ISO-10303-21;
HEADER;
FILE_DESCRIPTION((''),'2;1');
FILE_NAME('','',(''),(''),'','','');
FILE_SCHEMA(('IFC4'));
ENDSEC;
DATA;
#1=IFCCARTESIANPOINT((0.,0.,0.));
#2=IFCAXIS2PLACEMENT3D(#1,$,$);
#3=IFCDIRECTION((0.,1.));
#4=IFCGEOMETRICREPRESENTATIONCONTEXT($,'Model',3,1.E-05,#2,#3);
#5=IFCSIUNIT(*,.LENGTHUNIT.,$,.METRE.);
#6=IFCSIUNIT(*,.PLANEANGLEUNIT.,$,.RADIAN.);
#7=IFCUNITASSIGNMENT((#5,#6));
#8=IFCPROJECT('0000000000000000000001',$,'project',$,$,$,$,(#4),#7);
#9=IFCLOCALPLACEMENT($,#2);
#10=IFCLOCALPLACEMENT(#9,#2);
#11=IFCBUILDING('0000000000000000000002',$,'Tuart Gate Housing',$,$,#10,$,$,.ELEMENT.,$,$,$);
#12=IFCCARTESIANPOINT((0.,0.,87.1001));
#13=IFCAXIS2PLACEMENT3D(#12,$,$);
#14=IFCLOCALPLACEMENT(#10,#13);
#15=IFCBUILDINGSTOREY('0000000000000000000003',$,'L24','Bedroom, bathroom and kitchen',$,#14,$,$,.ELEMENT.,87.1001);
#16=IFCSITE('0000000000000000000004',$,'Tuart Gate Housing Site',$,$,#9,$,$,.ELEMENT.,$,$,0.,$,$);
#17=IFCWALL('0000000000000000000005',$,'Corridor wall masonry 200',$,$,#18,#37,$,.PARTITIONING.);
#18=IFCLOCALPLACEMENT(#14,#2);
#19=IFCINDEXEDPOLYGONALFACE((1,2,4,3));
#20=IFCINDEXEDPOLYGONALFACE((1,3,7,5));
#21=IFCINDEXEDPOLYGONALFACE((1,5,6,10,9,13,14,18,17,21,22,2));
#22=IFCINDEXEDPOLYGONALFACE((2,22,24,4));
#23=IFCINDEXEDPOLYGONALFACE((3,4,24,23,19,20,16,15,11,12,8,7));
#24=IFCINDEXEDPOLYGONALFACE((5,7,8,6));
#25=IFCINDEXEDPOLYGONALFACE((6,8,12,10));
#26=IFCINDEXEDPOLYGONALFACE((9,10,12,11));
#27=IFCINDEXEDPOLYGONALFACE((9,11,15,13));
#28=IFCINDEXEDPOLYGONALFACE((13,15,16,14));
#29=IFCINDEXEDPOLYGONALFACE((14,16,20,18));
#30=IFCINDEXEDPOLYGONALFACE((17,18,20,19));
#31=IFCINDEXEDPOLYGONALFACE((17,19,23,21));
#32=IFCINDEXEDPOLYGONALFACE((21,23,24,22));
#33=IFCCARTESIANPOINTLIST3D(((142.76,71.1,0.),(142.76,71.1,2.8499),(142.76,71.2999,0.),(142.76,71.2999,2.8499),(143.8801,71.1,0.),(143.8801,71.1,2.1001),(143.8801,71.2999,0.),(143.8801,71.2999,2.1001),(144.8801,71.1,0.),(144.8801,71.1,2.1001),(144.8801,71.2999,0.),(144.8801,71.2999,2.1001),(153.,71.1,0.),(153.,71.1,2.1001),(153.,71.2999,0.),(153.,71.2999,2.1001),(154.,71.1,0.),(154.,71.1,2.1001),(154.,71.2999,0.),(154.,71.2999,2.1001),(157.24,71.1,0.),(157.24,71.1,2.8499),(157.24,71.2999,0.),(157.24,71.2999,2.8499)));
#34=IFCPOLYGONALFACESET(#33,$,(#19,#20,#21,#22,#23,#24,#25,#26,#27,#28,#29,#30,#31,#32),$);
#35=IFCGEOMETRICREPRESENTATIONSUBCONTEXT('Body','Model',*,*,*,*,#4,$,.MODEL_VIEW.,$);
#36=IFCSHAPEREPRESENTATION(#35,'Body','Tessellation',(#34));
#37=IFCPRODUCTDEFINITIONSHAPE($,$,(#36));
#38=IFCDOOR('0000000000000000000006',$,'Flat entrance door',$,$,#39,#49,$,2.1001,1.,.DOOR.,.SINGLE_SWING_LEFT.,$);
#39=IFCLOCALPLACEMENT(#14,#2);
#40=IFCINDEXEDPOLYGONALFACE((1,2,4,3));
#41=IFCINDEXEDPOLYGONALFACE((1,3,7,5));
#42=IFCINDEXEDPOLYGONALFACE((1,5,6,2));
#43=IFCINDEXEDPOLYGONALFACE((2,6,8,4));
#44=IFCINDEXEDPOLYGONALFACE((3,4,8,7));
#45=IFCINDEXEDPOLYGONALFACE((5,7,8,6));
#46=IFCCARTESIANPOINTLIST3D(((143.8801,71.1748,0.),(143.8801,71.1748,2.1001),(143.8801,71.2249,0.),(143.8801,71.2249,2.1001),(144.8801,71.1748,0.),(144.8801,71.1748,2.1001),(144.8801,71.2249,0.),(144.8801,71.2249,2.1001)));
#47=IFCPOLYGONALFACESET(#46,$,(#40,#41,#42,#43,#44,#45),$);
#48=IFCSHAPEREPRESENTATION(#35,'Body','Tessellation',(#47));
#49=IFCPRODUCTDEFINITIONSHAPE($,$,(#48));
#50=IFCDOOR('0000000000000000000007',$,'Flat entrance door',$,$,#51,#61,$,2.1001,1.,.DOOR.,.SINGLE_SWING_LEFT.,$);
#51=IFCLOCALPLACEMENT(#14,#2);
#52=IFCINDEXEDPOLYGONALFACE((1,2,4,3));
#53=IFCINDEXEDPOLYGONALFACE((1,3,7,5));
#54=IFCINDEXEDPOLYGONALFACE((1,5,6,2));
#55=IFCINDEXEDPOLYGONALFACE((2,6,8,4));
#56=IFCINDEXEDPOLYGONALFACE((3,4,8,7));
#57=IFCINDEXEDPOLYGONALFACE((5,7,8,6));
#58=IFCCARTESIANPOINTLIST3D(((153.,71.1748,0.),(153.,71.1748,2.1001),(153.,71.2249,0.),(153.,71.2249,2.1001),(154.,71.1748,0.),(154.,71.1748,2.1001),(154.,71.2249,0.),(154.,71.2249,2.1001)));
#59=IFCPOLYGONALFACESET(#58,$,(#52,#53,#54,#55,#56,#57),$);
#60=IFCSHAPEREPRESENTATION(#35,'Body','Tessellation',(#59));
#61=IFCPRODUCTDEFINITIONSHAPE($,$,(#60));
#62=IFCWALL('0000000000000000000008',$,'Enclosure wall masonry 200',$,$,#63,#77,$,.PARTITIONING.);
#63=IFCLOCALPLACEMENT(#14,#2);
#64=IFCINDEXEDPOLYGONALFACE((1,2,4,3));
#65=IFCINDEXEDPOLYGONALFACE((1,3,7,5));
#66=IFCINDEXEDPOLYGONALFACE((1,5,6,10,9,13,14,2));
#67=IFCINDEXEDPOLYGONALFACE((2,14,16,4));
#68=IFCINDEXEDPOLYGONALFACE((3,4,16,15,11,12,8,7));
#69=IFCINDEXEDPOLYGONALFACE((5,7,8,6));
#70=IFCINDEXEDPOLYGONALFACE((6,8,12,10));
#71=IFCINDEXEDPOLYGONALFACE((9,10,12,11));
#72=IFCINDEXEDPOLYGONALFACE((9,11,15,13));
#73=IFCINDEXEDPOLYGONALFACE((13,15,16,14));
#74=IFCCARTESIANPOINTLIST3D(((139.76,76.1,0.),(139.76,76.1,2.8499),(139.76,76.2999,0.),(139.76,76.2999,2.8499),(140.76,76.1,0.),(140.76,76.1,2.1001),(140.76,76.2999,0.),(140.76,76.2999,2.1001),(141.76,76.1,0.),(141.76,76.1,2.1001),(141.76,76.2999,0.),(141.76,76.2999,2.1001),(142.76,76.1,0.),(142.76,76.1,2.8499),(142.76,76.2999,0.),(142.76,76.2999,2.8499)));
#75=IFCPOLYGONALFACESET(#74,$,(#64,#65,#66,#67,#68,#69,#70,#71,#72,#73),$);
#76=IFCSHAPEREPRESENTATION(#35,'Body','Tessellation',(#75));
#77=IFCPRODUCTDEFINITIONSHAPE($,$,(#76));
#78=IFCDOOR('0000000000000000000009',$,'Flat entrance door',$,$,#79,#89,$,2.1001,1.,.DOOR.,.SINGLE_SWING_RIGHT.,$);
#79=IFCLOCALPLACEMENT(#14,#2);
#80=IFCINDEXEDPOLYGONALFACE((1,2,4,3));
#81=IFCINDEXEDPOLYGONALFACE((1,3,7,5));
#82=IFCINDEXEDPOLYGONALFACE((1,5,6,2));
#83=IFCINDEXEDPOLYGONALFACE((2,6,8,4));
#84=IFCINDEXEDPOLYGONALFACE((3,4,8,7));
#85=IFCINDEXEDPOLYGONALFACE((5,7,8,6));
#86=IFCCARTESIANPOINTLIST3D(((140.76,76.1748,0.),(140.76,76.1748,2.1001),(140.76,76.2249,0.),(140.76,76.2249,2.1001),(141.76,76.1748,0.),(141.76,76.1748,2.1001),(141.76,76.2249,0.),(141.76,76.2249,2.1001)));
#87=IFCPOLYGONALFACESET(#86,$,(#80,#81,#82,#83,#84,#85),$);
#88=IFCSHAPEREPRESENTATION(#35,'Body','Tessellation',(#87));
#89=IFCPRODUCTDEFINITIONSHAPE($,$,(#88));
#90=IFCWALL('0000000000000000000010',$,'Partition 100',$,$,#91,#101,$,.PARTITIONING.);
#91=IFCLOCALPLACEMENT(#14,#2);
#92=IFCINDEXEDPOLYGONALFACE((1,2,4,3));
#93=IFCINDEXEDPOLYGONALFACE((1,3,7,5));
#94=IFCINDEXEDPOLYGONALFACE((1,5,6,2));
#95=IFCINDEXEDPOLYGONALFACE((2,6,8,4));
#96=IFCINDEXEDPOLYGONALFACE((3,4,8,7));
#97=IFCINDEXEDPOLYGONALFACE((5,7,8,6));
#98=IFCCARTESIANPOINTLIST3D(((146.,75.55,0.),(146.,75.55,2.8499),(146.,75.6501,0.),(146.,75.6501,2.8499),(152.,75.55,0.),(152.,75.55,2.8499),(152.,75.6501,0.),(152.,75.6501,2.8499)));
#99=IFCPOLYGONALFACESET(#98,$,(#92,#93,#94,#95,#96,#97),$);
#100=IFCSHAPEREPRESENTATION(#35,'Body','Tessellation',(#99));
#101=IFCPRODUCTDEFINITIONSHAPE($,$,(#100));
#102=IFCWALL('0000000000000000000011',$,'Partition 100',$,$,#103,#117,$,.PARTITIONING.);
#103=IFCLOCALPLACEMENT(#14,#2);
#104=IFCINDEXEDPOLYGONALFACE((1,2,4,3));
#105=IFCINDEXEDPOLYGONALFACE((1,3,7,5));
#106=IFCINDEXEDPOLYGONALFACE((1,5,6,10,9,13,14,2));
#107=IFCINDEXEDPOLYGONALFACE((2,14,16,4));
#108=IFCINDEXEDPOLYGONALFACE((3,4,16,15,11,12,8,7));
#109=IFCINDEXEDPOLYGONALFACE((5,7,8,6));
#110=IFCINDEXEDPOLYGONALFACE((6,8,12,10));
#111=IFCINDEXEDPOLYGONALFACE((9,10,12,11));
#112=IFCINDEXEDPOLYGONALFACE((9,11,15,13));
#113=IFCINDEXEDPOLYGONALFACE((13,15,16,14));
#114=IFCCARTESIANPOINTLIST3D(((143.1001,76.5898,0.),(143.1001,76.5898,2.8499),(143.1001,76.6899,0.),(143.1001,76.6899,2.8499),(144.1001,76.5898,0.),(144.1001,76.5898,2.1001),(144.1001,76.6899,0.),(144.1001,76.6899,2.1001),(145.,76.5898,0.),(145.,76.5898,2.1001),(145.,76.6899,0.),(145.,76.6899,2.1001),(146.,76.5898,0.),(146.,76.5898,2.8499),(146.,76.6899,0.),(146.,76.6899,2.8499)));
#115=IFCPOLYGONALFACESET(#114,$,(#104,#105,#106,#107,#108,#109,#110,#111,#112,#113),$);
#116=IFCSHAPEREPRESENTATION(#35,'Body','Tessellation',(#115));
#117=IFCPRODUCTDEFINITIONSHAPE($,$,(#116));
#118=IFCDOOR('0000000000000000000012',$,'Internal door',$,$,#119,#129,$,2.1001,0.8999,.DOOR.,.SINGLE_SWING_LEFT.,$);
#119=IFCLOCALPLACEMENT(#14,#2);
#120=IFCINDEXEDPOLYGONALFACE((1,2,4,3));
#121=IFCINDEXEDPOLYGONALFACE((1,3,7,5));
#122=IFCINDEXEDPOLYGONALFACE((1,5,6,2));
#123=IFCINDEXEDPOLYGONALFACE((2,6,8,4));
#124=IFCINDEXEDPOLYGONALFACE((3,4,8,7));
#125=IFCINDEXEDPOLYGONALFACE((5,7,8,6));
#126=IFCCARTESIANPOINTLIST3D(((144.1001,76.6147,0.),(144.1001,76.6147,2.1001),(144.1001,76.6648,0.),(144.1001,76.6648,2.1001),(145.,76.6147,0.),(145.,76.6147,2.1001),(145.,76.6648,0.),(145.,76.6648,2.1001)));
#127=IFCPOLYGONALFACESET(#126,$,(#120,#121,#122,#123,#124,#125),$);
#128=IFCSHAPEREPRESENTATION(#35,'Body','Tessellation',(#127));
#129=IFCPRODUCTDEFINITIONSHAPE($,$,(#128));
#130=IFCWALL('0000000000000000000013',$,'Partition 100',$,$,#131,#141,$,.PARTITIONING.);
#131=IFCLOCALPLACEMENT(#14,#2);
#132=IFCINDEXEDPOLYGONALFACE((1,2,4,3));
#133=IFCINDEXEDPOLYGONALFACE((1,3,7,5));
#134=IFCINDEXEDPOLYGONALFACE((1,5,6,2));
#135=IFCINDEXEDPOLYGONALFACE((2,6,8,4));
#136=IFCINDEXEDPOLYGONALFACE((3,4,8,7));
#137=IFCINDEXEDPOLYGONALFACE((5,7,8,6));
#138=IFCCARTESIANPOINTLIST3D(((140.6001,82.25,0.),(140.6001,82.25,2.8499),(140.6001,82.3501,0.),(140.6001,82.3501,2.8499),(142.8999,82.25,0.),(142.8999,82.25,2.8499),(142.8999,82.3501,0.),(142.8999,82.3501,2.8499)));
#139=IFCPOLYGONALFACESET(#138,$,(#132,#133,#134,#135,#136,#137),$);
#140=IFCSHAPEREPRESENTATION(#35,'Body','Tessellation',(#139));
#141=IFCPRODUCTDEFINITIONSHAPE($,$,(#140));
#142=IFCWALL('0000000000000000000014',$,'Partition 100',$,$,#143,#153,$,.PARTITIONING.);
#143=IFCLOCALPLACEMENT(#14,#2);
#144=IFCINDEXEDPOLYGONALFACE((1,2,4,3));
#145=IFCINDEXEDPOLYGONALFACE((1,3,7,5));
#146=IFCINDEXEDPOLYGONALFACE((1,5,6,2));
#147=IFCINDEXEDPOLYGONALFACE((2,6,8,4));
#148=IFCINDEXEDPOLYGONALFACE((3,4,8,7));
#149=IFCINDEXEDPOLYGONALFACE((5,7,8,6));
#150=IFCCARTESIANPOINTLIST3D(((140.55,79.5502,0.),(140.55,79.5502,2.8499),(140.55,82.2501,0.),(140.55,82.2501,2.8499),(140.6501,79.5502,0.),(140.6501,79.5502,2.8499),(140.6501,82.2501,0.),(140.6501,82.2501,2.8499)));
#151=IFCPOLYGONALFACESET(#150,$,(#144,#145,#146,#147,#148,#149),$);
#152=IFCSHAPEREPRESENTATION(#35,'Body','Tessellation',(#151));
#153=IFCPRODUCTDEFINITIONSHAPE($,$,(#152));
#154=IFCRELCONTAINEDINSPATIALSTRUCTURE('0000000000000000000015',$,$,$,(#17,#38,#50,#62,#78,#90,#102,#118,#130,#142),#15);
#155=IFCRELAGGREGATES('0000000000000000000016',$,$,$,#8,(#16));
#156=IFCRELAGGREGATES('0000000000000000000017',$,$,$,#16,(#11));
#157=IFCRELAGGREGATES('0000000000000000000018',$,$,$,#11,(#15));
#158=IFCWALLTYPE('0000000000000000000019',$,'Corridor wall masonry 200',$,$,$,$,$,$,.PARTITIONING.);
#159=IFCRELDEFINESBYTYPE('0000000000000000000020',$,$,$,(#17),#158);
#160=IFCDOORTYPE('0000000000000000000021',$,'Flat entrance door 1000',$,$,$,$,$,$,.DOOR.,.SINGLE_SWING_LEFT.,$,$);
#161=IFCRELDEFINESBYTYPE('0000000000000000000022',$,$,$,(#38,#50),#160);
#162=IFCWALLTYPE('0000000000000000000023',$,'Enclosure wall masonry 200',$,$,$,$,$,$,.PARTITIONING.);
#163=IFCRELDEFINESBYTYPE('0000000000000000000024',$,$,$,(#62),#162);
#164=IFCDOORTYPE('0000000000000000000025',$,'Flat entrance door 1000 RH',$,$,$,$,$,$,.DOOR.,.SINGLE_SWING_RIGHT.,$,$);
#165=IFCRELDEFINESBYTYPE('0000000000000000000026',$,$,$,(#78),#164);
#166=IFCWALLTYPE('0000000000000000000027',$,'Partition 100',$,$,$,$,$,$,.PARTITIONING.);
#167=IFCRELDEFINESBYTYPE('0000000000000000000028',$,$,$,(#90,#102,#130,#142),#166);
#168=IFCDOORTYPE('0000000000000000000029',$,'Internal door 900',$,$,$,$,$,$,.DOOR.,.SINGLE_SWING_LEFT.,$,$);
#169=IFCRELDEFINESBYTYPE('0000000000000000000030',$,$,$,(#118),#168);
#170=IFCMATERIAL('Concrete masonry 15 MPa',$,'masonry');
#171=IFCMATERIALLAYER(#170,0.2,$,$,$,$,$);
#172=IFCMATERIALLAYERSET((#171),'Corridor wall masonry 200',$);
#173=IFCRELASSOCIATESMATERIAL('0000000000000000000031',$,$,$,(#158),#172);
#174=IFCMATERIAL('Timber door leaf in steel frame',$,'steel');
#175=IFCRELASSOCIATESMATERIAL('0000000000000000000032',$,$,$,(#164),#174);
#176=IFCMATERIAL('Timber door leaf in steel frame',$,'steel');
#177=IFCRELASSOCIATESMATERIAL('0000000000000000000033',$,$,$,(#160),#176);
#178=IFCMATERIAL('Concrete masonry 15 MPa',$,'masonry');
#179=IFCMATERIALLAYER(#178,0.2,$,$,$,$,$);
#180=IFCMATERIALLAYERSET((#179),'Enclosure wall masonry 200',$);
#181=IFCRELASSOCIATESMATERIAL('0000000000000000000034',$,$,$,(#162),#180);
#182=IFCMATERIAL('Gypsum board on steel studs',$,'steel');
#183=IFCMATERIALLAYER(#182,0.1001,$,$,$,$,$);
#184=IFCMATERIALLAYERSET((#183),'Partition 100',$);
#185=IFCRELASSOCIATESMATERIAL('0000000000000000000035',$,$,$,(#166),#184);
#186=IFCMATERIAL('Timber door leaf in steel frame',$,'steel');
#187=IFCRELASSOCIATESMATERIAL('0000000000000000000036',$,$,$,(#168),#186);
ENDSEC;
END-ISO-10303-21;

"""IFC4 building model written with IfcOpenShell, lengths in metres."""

from ifc_helpers import new_model, si_unit, direction, frame, frame_2d, origin, place, context, subcontext, project, spatial, rectangle, extrude, material, layer, layer_set, type_object, element, fill, save


model = new_model("IFC4")

# Units and contexts
model_context = context("Model", 3, precision=1e-05, world=origin(), true_north=direction((0.0, 1.0)))
body_context = subcontext(model_context, "Body", "Model", "MODEL_VIEW")
ifc_project = project(units=[si_unit("LENGTHUNIT", "METRE"), si_unit("PLANEANGLEUNIT", "RADIAN")], contexts=[model_context])

# Site, building, storey
site_placement = place(None, origin())
site = spatial("IfcSite", under=ifc_project, at=site_placement, Name="Tuart Gate Housing Site", CompositionType="ELEMENT", RefElevation=0.0)
building_placement = place(site_placement, origin())
building = spatial("IfcBuilding", under=site, at=building_placement, Name="Tuart Gate Housing", CompositionType="ELEMENT")
storey_placement = place(building_placement, frame((0.0, 0.0, 87.1001)))
storey = spatial("IfcBuildingStorey", under=building, at=storey_placement, Name="L24", Description="Bedroom, bathroom and kitchen", CompositionType="ELEMENT", Elevation=87.1001)

# Wall, openings, doors
ifc_material_1 = material(Name="Concrete masonry 15 MPa", Category="masonry")
ifc_layer_1 = layer(ifc_material_1, 0.2)
ifc_layer_set_1 = layer_set([ifc_layer_1], Name="Corridor wall masonry 200")
wall_type_1 = type_object("IfcWallType", Name="Corridor wall masonry 200", PredefinedType="PARTITIONING", material=ifc_layer_set_1)
ifc_material_2 = material(Name="Timber door leaf in steel frame", Category="steel")
door_type_1 = type_object("IfcDoorType", Name="Flat entrance door 1000 RH", OperationType="SINGLE_SWING_RIGHT", PredefinedType="DOOR", material=ifc_material_2)
wall_1_placement = place(storey_placement, frame((142.76, 71.2, 0.0), z_axis=(0.0, 0.0, 1.0), x_axis=(1.0, 0.0, 0.0)))
wall_1 = element("IfcWall", 1, at=wall_1_placement, inside=storey, type_object=wall_type_1, Name="Corridor wall masonry 200", PredefinedType="PARTITIONING", context=body_context, shape_type="SweptSolid", body=[
    extrude(rectangle(XDim=14.48, YDim=0.2, at=frame_2d((7.24, 0.0))), origin(), (0.0, 0.0, 1.0), 2.8499),
])
opening_1_placement = place(wall_1_placement, frame((1.1201, 0.0, 0.0)))
opening_1 = element("IfcOpeningElement", 2, at=opening_1_placement, cuts=wall_1, PredefinedType="OPENING", context=body_context, shape_type="SweptSolid", body=[
    extrude(rectangle(XDim=1.0, YDim=2.1001, at=frame_2d((0.5, 1.05))), frame((0.0, 0.1099, 0.0), z_axis=(0.0, -1.0, 0.0), x_axis=(1.0, 0.0, 0.0)), (0.0, 0.0, 1.0), 0.22),
])
opening_2_placement = place(wall_1_placement, frame((10.24, 0.0, 0.0)))
opening_2 = element("IfcOpeningElement", 3, at=opening_2_placement, cuts=wall_1, PredefinedType="OPENING", context=body_context, shape_type="SweptSolid", body=[
    extrude(rectangle(XDim=1.0, YDim=2.1001, at=frame_2d((0.5, 1.05))), frame((0.0, 0.1099, 0.0), z_axis=(0.0, -1.0, 0.0), x_axis=(1.0, 0.0, 0.0)), (0.0, 0.0, 1.0), 0.22),
])
ifc_material_3 = material(Name="Timber door leaf in steel frame", Category="steel")
door_type_2 = type_object("IfcDoorType", Name="Flat entrance door 1000", OperationType="SINGLE_SWING_LEFT", PredefinedType="DOOR", material=ifc_material_3)
door_1_placement = place(opening_1_placement, origin())
door_1 = element("IfcDoor", 4, at=door_1_placement, inside=storey, type_object=door_type_2, Name="Flat entrance door", OperationType="SINGLE_SWING_LEFT", OverallHeight=2.1001, OverallWidth=1.0, PredefinedType="DOOR", context=body_context, shape_type="SweptSolid", body=[
    extrude(rectangle(XDim=1.0, YDim=2.1001, at=frame_2d((0.5, 1.05))), frame((0.0, 0.0249, 0.0), z_axis=(0.0, -1.0, 0.0), x_axis=(1.0, 0.0, 0.0)), (0.0, 0.0, 1.0), 0.05),
])
fill(opening_1, door_1)
door_2_placement = place(opening_2_placement, origin())
door_2 = element("IfcDoor", 5, at=door_2_placement, inside=storey, type_object=door_type_2, Name="Flat entrance door", OperationType="SINGLE_SWING_LEFT", OverallHeight=2.1001, OverallWidth=1.0, PredefinedType="DOOR", context=body_context, shape_type="SweptSolid", body=[
    extrude(rectangle(XDim=1.0, YDim=2.1001, at=frame_2d((0.5, 1.05))), frame((0.0, 0.0249, 0.0), z_axis=(0.0, -1.0, 0.0), x_axis=(1.0, 0.0, 0.0)), (0.0, 0.0, 1.0), 0.05),
])
fill(opening_2, door_2)

# Wall, opening, door
ifc_material_4 = material(Name="Concrete masonry 15 MPa", Category="masonry")
ifc_layer_2 = layer(ifc_material_4, 0.2)
ifc_layer_set_2 = layer_set([ifc_layer_2], Name="Enclosure wall masonry 200")
wall_type_2 = type_object("IfcWallType", Name="Enclosure wall masonry 200", PredefinedType="PARTITIONING", material=ifc_layer_set_2)
wall_2_placement = place(storey_placement, frame((139.76, 76.2, 0.0), z_axis=(0.0, 0.0, 1.0), x_axis=(1.0, 0.0, 0.0)))
wall_2 = element("IfcWall", 6, at=wall_2_placement, inside=storey, type_object=wall_type_2, Name="Enclosure wall masonry 200", PredefinedType="PARTITIONING", context=body_context, shape_type="SweptSolid", body=[
    extrude(rectangle(XDim=3.0, YDim=0.2, at=frame_2d((1.5, 0.0))), origin(), (0.0, 0.0, 1.0), 2.8499),
])
opening_3_placement = place(wall_2_placement, frame((1.0, 0.0, 0.0)))
opening_3 = element("IfcOpeningElement", 7, at=opening_3_placement, cuts=wall_2, PredefinedType="OPENING", context=body_context, shape_type="SweptSolid", body=[
    extrude(rectangle(XDim=1.0, YDim=2.1001, at=frame_2d((0.5, 1.05))), frame((0.0, 0.1099, 0.0), z_axis=(0.0, -1.0, 0.0), x_axis=(1.0, 0.0, 0.0)), (0.0, 0.0, 1.0), 0.22),
])
door_3_placement = place(opening_3_placement, origin())
door_3 = element("IfcDoor", 8, at=door_3_placement, inside=storey, type_object=door_type_1, Name="Flat entrance door", OperationType="SINGLE_SWING_RIGHT", OverallHeight=2.1001, OverallWidth=1.0, PredefinedType="DOOR", context=body_context, shape_type="SweptSolid", body=[
    extrude(rectangle(XDim=1.0, YDim=2.1001, at=frame_2d((0.5, 1.05))), frame((0.0, 0.0249, 0.0), z_axis=(0.0, -1.0, 0.0), x_axis=(1.0, 0.0, 0.0)), (0.0, 0.0, 1.0), 0.05),
])
fill(opening_3, door_3)

# Wall
ifc_material_5 = material(Name="Gypsum board on steel studs", Category="steel")
ifc_layer_3 = layer(ifc_material_5, 0.1001)
ifc_layer_set_3 = layer_set([ifc_layer_3], Name="Partition 100")
wall_type_3 = type_object("IfcWallType", Name="Partition 100", PredefinedType="PARTITIONING", material=ifc_layer_set_3)
wall_3_placement = place(storey_placement, frame((146.0, 75.6001, 0.0), z_axis=(0.0, 0.0, 1.0), x_axis=(1.0, 0.0, 0.0)))
element("IfcWall", 9, at=wall_3_placement, inside=storey, type_object=wall_type_3, Name="Partition 100", PredefinedType="PARTITIONING", context=body_context, shape_type="SweptSolid", body=[
    extrude(rectangle(XDim=6.0, YDim=0.1001, at=frame_2d((3.0, 0.0))), origin(), (0.0, 0.0, 1.0), 2.8499),
])

# Wall, opening, door
wall_4_placement = place(storey_placement, frame((143.1001, 76.6399, 0.0), z_axis=(0.0, 0.0, 1.0), x_axis=(1.0, 0.0, 0.0)))
wall_4 = element("IfcWall", 10, at=wall_4_placement, inside=storey, type_object=wall_type_3, Name="Partition 100", PredefinedType="PARTITIONING", context=body_context, shape_type="SweptSolid", body=[
    extrude(rectangle(XDim=2.8999, YDim=0.1001, at=frame_2d((1.45, 0.0))), origin(), (0.0, 0.0, 1.0), 2.8499),
])
opening_4_placement = place(wall_4_placement, frame((1.0, 0.0, 0.0)))
opening_4 = element("IfcOpeningElement", 11, at=opening_4_placement, cuts=wall_4, PredefinedType="OPENING", context=body_context, shape_type="SweptSolid", body=[
    extrude(rectangle(XDim=0.8999, YDim=2.1001, at=frame_2d((0.45, 1.05))), frame((0.0, 0.0601, 0.0), z_axis=(0.0, -1.0, 0.0), x_axis=(1.0, 0.0, 0.0)), (0.0, 0.0, 1.0), 0.1201),
])
ifc_material_6 = material(Name="Timber door leaf in steel frame", Category="steel")
door_type_3 = type_object("IfcDoorType", Name="Internal door 900", OperationType="SINGLE_SWING_LEFT", PredefinedType="DOOR", material=ifc_material_6)
door_4_placement = place(opening_4_placement, frame((0.8999, 0.0, 0.0), z_axis=(0.0, 0.0, 1.0), x_axis=(-1.0, 0.0, 0.0)))
door_4 = element("IfcDoor", 12, at=door_4_placement, inside=storey, type_object=door_type_3, Name="Internal door", OperationType="SINGLE_SWING_LEFT", OverallHeight=2.1001, OverallWidth=0.8999, PredefinedType="DOOR", context=body_context, shape_type="SweptSolid", body=[
    extrude(rectangle(XDim=0.8999, YDim=2.1001, at=frame_2d((0.45, 1.05))), frame((0.0, 0.0251, 0.0), z_axis=(0.0, -1.0, 0.0), x_axis=(1.0, 0.0, 0.0)), (0.0, 0.0, 1.0), 0.05),
])
fill(opening_4, door_4)

# Walls
wall_5_placement = place(storey_placement, frame((140.6001, 82.3, 0.0), z_axis=(0.0, 0.0, 1.0), x_axis=(1.0, 0.0, 0.0)))
element("IfcWall", 13, at=wall_5_placement, inside=storey, type_object=wall_type_3, Name="Partition 100", PredefinedType="PARTITIONING", context=body_context, shape_type="SweptSolid", body=[
    extrude(rectangle(XDim=2.2998, YDim=0.1001, at=frame_2d((1.1499, 0.0))), origin(), (0.0, 0.0, 1.0), 2.8499),
])
wall_6_placement = place(storey_placement, frame((140.6001, 79.55, 0.0), z_axis=(0.0, 0.0, 1.0), x_axis=(0.0, 1.0, 0.0)))
element("IfcWall", 14, at=wall_6_placement, inside=storey, type_object=wall_type_3, Name="Partition 100", PredefinedType="PARTITIONING", context=body_context, shape_type="SweptSolid", body=[
    extrude(rectangle(XDim=2.7, YDim=0.1001, at=frame_2d((1.3501, 0.0))), origin(), (0.0, 0.0, 1.0), 2.8499),
])

save(model, "model.ifc")
